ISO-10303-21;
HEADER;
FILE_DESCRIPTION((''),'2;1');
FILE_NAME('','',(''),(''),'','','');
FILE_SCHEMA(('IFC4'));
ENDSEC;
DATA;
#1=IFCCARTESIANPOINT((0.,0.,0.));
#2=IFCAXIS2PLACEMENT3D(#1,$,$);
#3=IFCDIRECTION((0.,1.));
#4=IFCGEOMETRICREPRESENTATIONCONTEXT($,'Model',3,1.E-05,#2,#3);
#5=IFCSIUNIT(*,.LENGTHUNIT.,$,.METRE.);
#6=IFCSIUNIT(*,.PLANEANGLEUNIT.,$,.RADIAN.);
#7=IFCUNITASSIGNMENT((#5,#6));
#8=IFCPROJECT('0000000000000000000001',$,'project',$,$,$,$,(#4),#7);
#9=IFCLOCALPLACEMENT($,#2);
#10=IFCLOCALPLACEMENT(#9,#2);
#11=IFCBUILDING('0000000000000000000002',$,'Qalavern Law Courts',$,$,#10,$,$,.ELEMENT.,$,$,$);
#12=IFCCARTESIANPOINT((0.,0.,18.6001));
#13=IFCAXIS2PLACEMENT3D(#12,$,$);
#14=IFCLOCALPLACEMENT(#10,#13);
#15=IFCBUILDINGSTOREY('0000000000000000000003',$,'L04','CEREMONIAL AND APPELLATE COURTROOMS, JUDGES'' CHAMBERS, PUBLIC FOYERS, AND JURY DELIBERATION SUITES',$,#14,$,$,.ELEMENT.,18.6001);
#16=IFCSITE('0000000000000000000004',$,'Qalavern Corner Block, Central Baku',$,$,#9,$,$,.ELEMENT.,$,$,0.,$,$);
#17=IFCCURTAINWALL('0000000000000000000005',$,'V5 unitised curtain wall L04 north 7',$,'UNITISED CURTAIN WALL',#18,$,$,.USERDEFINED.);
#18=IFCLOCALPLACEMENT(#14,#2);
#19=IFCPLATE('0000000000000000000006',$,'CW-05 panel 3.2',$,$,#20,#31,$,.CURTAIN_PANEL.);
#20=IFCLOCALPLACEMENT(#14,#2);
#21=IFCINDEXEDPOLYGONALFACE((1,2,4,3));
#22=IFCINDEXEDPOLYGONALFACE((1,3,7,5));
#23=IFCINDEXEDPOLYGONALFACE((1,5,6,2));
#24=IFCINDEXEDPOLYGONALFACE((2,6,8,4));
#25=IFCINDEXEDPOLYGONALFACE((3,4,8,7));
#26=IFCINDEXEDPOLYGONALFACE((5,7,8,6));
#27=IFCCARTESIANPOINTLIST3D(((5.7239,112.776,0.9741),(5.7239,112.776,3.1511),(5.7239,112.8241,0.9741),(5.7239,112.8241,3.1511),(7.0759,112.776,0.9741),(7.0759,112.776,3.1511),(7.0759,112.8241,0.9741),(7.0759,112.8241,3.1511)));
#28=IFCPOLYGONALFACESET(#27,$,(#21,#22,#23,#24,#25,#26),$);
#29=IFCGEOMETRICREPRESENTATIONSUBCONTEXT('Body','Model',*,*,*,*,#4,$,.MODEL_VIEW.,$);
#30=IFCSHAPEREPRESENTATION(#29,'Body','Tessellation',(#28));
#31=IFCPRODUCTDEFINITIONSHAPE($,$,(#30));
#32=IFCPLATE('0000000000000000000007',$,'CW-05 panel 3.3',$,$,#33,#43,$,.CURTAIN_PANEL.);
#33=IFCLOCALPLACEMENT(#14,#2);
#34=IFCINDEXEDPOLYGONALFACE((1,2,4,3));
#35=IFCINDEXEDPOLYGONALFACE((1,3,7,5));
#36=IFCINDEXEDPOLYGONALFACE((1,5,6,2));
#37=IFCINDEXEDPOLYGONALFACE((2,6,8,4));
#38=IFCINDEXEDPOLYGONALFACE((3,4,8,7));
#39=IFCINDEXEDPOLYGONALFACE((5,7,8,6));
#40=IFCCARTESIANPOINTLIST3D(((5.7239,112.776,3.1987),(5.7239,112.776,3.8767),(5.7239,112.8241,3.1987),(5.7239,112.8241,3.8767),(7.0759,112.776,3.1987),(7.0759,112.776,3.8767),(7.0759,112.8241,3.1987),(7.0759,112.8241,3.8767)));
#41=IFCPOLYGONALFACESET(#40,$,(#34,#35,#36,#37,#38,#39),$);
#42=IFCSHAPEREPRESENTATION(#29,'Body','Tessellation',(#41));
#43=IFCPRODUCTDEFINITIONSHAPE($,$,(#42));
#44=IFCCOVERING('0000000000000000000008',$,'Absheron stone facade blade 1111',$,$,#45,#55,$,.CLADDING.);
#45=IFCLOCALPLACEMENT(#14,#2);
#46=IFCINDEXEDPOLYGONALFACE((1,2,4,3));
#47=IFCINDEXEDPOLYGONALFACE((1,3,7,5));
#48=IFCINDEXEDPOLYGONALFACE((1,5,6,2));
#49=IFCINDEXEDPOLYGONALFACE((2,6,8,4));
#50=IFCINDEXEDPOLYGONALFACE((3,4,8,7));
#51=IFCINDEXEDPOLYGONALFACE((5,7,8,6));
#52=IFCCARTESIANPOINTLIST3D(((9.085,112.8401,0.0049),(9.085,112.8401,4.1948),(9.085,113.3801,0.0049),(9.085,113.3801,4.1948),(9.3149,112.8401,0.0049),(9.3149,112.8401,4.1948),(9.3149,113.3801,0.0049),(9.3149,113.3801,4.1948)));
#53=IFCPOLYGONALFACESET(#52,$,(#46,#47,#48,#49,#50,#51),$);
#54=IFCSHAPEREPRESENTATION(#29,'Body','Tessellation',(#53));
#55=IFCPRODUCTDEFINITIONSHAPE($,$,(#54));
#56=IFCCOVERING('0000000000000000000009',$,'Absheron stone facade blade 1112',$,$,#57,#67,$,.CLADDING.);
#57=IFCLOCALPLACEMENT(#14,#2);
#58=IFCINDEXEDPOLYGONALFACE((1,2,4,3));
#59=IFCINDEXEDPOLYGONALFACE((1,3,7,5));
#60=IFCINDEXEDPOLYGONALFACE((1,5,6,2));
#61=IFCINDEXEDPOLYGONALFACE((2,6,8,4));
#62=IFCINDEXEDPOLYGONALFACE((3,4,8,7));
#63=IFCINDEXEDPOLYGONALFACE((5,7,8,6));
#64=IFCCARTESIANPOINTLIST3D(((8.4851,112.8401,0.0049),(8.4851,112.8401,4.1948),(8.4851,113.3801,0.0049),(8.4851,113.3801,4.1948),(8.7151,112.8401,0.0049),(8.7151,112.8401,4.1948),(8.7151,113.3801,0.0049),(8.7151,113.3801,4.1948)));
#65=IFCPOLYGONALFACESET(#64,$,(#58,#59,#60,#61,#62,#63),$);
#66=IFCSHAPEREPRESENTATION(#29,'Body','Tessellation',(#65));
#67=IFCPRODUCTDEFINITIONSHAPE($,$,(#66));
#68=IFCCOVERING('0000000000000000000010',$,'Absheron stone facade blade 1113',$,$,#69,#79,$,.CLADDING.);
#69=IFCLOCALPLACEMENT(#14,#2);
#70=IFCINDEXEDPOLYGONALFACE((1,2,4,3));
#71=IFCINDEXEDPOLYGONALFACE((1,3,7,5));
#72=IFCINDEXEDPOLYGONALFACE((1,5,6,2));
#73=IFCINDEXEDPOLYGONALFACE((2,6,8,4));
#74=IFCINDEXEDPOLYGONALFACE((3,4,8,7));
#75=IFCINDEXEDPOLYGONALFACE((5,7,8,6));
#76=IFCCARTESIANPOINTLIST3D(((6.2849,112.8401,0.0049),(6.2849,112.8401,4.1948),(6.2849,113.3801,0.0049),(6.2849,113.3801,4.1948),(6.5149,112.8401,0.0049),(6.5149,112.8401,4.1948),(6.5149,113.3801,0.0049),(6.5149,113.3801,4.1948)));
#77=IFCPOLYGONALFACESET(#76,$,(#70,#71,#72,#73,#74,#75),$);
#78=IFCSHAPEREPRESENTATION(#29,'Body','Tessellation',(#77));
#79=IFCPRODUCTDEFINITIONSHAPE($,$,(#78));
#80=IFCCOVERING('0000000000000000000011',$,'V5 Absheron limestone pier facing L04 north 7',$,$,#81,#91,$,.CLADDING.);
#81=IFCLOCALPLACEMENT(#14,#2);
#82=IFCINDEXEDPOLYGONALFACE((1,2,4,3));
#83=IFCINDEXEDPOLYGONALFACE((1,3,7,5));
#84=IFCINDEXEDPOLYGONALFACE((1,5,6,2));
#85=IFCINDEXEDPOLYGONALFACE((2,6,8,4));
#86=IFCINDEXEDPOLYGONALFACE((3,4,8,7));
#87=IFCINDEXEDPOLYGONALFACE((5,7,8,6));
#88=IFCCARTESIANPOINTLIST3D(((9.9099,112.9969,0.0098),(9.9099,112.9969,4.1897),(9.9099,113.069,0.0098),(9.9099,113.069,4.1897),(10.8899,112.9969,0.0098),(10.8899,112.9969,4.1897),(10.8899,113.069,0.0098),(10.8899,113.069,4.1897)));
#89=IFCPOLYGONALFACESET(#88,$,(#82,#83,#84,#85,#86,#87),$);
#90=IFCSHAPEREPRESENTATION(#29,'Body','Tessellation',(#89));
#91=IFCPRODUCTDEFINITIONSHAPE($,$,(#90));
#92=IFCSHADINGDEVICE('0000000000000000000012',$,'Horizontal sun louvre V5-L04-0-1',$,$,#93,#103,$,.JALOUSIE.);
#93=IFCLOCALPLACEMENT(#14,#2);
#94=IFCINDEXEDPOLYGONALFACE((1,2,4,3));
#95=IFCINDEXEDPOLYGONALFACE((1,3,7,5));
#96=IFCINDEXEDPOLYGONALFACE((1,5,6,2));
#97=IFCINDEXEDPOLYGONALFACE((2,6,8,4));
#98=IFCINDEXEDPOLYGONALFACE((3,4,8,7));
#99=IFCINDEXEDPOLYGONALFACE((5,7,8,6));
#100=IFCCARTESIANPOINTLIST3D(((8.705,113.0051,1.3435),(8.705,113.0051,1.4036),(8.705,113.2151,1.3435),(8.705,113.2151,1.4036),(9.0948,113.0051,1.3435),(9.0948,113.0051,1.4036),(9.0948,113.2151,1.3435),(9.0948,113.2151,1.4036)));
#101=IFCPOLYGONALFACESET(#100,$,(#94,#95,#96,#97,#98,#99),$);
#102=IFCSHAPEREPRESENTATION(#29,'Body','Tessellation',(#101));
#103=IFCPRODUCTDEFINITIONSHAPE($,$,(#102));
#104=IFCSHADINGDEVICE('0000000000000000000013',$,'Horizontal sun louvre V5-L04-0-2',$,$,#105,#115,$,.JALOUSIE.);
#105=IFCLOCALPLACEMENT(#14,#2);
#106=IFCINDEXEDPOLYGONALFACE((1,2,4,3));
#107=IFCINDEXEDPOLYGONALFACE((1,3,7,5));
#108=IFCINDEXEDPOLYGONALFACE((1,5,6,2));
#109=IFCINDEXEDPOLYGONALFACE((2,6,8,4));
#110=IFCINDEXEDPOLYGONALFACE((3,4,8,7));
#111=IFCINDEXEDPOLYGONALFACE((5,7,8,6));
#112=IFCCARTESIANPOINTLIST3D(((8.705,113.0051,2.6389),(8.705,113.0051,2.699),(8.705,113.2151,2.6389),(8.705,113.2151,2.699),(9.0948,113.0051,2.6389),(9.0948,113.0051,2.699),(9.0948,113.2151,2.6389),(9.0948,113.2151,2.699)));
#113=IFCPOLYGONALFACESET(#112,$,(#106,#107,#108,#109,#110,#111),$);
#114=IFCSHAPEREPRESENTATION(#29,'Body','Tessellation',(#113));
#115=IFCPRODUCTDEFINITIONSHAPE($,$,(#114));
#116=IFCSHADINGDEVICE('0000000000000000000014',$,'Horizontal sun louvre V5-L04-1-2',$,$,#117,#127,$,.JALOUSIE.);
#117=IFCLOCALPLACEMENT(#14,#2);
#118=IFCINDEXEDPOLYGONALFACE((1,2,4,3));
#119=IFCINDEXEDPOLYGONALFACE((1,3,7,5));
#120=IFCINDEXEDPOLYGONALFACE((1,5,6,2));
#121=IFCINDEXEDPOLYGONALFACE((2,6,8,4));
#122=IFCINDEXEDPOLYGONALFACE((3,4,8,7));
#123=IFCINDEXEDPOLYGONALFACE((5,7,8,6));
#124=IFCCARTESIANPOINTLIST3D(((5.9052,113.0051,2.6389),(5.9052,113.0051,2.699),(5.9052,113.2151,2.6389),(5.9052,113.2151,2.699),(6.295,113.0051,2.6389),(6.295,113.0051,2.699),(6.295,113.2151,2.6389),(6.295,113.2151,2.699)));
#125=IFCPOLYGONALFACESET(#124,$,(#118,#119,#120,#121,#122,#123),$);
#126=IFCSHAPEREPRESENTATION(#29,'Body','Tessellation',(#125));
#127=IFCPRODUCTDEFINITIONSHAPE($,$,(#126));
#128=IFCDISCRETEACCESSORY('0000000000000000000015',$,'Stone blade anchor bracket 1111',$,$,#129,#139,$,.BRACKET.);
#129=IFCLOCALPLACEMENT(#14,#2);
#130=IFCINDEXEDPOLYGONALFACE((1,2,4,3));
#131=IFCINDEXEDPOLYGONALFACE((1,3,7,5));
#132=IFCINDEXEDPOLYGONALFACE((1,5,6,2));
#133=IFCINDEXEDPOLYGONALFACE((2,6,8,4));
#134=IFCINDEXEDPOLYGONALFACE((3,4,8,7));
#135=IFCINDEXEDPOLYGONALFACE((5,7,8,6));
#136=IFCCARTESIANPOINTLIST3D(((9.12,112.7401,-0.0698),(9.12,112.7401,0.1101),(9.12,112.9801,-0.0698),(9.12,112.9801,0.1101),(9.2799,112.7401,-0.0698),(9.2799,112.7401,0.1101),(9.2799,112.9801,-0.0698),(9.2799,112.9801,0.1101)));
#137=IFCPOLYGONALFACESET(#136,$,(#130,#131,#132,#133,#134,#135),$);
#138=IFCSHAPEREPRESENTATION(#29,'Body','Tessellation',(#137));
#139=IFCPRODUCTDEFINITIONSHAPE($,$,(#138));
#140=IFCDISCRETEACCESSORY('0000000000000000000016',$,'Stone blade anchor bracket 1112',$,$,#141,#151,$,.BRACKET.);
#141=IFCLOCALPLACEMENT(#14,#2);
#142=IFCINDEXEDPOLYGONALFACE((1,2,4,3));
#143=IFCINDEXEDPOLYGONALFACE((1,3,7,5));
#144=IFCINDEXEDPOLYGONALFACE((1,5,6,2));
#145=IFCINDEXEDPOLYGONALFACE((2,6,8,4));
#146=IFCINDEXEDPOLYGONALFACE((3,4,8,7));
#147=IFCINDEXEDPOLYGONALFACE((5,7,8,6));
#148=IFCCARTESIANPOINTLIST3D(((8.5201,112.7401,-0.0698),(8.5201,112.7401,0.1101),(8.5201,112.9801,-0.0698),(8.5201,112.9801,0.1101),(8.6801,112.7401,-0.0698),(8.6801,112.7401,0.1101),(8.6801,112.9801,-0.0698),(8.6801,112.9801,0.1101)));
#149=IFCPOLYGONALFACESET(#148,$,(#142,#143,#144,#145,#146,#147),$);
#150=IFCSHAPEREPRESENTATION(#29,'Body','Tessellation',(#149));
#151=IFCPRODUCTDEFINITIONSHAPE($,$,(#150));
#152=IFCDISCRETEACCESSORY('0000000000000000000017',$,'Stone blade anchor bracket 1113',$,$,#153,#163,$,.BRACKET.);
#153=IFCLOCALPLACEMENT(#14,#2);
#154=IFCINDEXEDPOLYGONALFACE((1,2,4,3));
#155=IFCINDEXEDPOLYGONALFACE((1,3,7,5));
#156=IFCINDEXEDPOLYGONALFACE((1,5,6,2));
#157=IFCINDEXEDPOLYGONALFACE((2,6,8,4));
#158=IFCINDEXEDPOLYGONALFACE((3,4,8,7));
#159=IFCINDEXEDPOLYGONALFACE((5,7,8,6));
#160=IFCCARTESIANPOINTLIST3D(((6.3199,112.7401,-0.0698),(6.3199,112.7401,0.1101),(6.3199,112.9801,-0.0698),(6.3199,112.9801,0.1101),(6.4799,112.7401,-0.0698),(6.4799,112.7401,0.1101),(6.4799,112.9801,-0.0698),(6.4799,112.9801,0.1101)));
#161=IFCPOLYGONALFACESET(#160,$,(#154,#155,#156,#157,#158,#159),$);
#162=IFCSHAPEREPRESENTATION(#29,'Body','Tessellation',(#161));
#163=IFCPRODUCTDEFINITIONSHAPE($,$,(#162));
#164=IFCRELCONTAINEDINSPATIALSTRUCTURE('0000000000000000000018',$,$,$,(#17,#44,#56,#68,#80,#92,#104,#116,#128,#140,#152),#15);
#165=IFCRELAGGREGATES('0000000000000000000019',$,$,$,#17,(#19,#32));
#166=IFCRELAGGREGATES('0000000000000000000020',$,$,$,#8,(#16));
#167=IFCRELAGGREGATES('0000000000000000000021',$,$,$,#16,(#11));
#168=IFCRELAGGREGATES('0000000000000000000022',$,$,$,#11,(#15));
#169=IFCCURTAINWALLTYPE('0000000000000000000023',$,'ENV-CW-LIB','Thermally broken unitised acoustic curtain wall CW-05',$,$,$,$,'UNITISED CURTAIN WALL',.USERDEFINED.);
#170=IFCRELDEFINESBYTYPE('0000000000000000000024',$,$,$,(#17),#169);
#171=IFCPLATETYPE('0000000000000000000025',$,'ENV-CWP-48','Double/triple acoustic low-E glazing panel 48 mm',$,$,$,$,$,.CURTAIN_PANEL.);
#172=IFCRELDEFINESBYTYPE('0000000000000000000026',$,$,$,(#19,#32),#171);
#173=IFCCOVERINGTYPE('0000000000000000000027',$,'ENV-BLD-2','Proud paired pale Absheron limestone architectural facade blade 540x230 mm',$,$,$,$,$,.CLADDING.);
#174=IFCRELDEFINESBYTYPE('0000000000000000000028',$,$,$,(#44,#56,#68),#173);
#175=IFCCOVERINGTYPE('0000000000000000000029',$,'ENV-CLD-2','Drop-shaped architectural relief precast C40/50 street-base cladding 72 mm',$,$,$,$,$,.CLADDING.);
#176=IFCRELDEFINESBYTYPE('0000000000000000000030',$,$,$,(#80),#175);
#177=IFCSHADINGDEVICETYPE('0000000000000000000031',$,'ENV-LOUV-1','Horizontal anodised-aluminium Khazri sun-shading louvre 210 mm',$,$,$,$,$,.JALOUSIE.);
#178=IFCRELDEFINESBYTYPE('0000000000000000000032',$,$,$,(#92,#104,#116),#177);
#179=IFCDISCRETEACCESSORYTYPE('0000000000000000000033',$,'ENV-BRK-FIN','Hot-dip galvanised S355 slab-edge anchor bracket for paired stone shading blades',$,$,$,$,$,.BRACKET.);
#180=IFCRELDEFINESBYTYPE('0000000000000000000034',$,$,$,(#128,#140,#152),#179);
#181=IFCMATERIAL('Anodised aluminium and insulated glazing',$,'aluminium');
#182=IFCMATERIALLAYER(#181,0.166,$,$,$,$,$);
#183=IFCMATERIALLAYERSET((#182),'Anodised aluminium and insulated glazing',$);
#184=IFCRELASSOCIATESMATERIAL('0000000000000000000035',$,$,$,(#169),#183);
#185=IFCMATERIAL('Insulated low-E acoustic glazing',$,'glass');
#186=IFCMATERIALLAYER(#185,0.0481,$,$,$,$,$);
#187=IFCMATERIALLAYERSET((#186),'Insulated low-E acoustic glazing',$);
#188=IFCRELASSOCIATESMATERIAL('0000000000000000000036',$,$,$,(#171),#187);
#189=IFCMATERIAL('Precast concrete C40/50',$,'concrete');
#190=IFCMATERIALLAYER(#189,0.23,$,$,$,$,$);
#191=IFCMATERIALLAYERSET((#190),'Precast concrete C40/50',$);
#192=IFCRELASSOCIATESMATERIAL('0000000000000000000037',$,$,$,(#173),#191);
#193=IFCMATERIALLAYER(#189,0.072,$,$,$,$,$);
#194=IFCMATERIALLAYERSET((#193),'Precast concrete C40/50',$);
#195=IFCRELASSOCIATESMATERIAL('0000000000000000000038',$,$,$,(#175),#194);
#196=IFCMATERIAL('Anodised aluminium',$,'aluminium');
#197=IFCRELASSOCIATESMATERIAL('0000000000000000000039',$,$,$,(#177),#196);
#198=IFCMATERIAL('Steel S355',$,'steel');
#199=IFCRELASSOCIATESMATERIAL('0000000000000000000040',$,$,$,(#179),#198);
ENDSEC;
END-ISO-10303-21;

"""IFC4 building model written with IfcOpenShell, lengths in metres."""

from ifc_helpers import new_model, si_unit, direction, frame, origin, origin_2d, place, context, subcontext, project, spatial, rectangle, extrude, material, layer, layer_set, type_object, element, aggregate, save


model = new_model("IFC4")

# Units and contexts
model_context = context("Model", 3, precision=1e-05, world=origin(), true_north=direction((0.0, 1.0)))
body_context = subcontext(model_context, "Body", "Model", "MODEL_VIEW")
ifc_project = project(units=[si_unit("LENGTHUNIT", "METRE"), si_unit("PLANEANGLEUNIT", "RADIAN")], contexts=[model_context])

# Site, building, storey
site_placement = place(None, origin())
site = spatial("IfcSite", under=ifc_project, at=site_placement, Name="Qalavern Corner Block, Central Baku", CompositionType="ELEMENT", RefElevation=0.0)
building_placement = place(site_placement, origin())
building = spatial("IfcBuilding", under=site, at=building_placement, Name="Qalavern Law Courts", CompositionType="ELEMENT")
storey_placement = place(building_placement, frame((0.0, 0.0, 18.6001)))
storey = spatial("IfcBuildingStorey", under=building, at=storey_placement, Name="L04", Description="CEREMONIAL AND APPELLATE COURTROOMS, JUDGES' CHAMBERS, PUBLIC FOYERS, AND JURY DELIBERATION SUITES", CompositionType="ELEMENT", Elevation=18.6001)

# Curtain wall
ifc_material_1 = material(Name="Anodised aluminium and insulated glazing", Category="aluminium")
ifc_layer_1 = layer(ifc_material_1, 0.166)
ifc_layer_set_1 = layer_set([ifc_layer_1], Name="Anodised aluminium and insulated glazing")
curtain_wall_type = type_object("IfcCurtainWallType", Name="ENV-CW-LIB", Description="Thermally broken unitised acoustic curtain wall CW-05", ElementType="UNITISED CURTAIN WALL", PredefinedType="USERDEFINED", material=ifc_layer_set_1)
curtain_wall_placement = place(storey_placement, origin())
curtain_wall = element("IfcCurtainWall", 1, at=curtain_wall_placement, inside=storey, type_object=curtain_wall_type, Name="V5 unitised curtain wall L04 north 7", ObjectType="UNITISED CURTAIN WALL", PredefinedType="USERDEFINED")
ifc_material_2 = material(Name="Anodised aluminium", Category="aluminium")

# Plates
ifc_material_3 = material(Name="Insulated low-E acoustic glazing", Category="glass")
ifc_layer_2 = layer(ifc_material_3, 0.0481)
ifc_layer_set_2 = layer_set([ifc_layer_2], Name="Insulated low-E acoustic glazing")
plate_type = type_object("IfcPlateType", Name="ENV-CWP-48", Description="Double/triple acoustic low-E glazing panel 48 mm", PredefinedType="CURTAIN_PANEL", material=ifc_layer_set_2)
plate_1_placement = place(storey_placement, frame((6.3999, 112.8, 0.9741), z_axis=(0.0, 0.0, 1.0), x_axis=(-1.0, 0.0, 0.0)))
plate_1 = element("IfcPlate", 2, at=plate_1_placement, type_object=plate_type, Name="CW-05 panel 3.2", PredefinedType="CURTAIN_PANEL", context=body_context, shape_type="SweptSolid", body=[
    extrude(rectangle(XDim=1.3521, YDim=0.0481, at=origin_2d()), origin(), (0.0, 0.0, 1.0), 2.177),
])
plate_2_placement = place(storey_placement, frame((6.3999, 112.8, 3.1987), z_axis=(0.0, 0.0, 1.0), x_axis=(-1.0, 0.0, 0.0)))
plate_2 = element("IfcPlate", 3, at=plate_2_placement, type_object=plate_type, Name="CW-05 panel 3.3", PredefinedType="CURTAIN_PANEL", context=body_context, shape_type="SweptSolid", body=[
    extrude(rectangle(XDim=1.3521, YDim=0.0481, at=origin_2d()), origin(), (0.0, 0.0, 1.0), 0.678),
])
aggregate(curtain_wall, [plate_1, plate_2])

# Coverings
ifc_material_4 = material(Name="Precast concrete C40/50", Category="concrete")
ifc_layer_3 = layer(ifc_material_4, 0.23)
ifc_layer_set_3 = layer_set([ifc_layer_3], Name="Precast concrete C40/50")
covering_type_1 = type_object("IfcCoveringType", Name="ENV-BLD-2", Description="Proud paired pale Absheron limestone architectural facade blade 540x230 mm", PredefinedType="CLADDING", material=ifc_layer_set_3)
for number, where, z_axis, x_axis, name in (
    (4, (9.2, 113.1101, 0.0049), (0.0, 0.0, 1.0), (0.0, 1.0, 0.0), "Absheron stone facade blade 1111"),
    (5, (8.6001, 113.1101, 0.0049), (0.0, 0.0, 1.0), (0.0, 1.0, 0.0), "Absheron stone facade blade 1112"),
    (6, (6.3999, 113.1101, 0.0049), (0.0, 0.0, 1.0), (0.0, 1.0, 0.0), "Absheron stone facade blade 1113"),
):
    element("IfcCovering", number, at=place(storey_placement, frame(where, z_axis=z_axis, x_axis=x_axis)), inside=storey, type_object=covering_type_1, Name=name, PredefinedType="CLADDING", context=body_context, shape_type="SweptSolid", body=[
        extrude(rectangle(XDim=0.54, YDim=0.23, at=origin_2d()), origin(), (0.0, 0.0, 1.0), 4.1899),
    ])
ifc_layer_4 = layer(ifc_material_4, 0.072)
ifc_layer_set_4 = layer_set([ifc_layer_4], Name="Precast concrete C40/50")
covering_type_2 = type_object("IfcCoveringType", Name="ENV-CLD-2", Description="Drop-shaped architectural relief precast C40/50 street-base cladding 72 mm", PredefinedType="CLADDING", material=ifc_layer_set_4)
covering_placement = place(storey_placement, frame((10.3999, 113.033, 0.0098), z_axis=(0.0, 0.0, 1.0), x_axis=(-1.0, 0.0, 0.0)))
element("IfcCovering", 7, at=covering_placement, inside=storey, type_object=covering_type_2, Name="V5 Absheron limestone pier facing L04 north 7", PredefinedType="CLADDING", context=body_context, shape_type="SweptSolid", body=[
    extrude(rectangle(XDim=0.98, YDim=0.072, at=origin_2d()), origin(), (0.0, 0.0, 1.0), 4.1799),
])

# Shading devices
shading_device_type = type_object("IfcShadingDeviceType", Name="ENV-LOUV-1", Description="Horizontal anodised-aluminium Khazri sun-shading louvre 210 mm", PredefinedType="JALOUSIE", material=ifc_material_2)
for number, where, z_axis, x_axis, name in (
    (8, (8.8999, 113.1101, 1.3435), (0.0, 0.0, 1.0), (-1.0, 0.0, 0.0), "Horizontal sun louvre V5-L04-0-1"),
    (9, (8.8999, 113.1101, 2.6389), (0.0, 0.0, 1.0), (-1.0, 0.0, 0.0), "Horizontal sun louvre V5-L04-0-2"),
    (10, (6.1001, 113.1101, 2.6389), (0.0, 0.0, 1.0), (-1.0, 0.0, 0.0), "Horizontal sun louvre V5-L04-1-2"),
):
    element("IfcShadingDevice", number, at=place(storey_placement, frame(where, z_axis=z_axis, x_axis=x_axis)), inside=storey, type_object=shading_device_type, Name=name, PredefinedType="JALOUSIE", context=body_context, shape_type="SweptSolid", body=[
        extrude(rectangle(XDim=0.3899, YDim=0.21, at=origin_2d()), origin(), (0.0, 0.0, 1.0), 0.0601),
    ])

# Discrete accessories
ifc_material_5 = material(Name="Steel S355", Category="steel")
discrete_accessory_type = type_object("IfcDiscreteAccessoryType", Name="ENV-BRK-FIN", Description="Hot-dip galvanised S355 slab-edge anchor bracket for paired stone shading blades", PredefinedType="BRACKET", material=ifc_material_5)
for number, where, z_axis, x_axis, name in (
    (11, (9.2, 112.8601, -0.0698), (0.0, 0.0, 1.0), (0.0, 1.0, 0.0), "Stone blade anchor bracket 1111"),
    (12, (8.6001, 112.8601, -0.0698), (0.0, 0.0, 1.0), (0.0, 1.0, 0.0), "Stone blade anchor bracket 1112"),
    (13, (6.3999, 112.8601, -0.0698), (0.0, 0.0, 1.0), (0.0, 1.0, 0.0), "Stone blade anchor bracket 1113"),
):
    element("IfcDiscreteAccessory", number, at=place(storey_placement, frame(where, z_axis=z_axis, x_axis=x_axis)), inside=storey, type_object=discrete_accessory_type, Name=name, PredefinedType="BRACKET", context=body_context, shape_type="SweptSolid", body=[
        extrude(rectangle(XDim=0.24, YDim=0.1599, at=origin_2d()), origin(), (0.0, 0.0, 1.0), 0.1799),
    ])

save(model, "model.ifc")
